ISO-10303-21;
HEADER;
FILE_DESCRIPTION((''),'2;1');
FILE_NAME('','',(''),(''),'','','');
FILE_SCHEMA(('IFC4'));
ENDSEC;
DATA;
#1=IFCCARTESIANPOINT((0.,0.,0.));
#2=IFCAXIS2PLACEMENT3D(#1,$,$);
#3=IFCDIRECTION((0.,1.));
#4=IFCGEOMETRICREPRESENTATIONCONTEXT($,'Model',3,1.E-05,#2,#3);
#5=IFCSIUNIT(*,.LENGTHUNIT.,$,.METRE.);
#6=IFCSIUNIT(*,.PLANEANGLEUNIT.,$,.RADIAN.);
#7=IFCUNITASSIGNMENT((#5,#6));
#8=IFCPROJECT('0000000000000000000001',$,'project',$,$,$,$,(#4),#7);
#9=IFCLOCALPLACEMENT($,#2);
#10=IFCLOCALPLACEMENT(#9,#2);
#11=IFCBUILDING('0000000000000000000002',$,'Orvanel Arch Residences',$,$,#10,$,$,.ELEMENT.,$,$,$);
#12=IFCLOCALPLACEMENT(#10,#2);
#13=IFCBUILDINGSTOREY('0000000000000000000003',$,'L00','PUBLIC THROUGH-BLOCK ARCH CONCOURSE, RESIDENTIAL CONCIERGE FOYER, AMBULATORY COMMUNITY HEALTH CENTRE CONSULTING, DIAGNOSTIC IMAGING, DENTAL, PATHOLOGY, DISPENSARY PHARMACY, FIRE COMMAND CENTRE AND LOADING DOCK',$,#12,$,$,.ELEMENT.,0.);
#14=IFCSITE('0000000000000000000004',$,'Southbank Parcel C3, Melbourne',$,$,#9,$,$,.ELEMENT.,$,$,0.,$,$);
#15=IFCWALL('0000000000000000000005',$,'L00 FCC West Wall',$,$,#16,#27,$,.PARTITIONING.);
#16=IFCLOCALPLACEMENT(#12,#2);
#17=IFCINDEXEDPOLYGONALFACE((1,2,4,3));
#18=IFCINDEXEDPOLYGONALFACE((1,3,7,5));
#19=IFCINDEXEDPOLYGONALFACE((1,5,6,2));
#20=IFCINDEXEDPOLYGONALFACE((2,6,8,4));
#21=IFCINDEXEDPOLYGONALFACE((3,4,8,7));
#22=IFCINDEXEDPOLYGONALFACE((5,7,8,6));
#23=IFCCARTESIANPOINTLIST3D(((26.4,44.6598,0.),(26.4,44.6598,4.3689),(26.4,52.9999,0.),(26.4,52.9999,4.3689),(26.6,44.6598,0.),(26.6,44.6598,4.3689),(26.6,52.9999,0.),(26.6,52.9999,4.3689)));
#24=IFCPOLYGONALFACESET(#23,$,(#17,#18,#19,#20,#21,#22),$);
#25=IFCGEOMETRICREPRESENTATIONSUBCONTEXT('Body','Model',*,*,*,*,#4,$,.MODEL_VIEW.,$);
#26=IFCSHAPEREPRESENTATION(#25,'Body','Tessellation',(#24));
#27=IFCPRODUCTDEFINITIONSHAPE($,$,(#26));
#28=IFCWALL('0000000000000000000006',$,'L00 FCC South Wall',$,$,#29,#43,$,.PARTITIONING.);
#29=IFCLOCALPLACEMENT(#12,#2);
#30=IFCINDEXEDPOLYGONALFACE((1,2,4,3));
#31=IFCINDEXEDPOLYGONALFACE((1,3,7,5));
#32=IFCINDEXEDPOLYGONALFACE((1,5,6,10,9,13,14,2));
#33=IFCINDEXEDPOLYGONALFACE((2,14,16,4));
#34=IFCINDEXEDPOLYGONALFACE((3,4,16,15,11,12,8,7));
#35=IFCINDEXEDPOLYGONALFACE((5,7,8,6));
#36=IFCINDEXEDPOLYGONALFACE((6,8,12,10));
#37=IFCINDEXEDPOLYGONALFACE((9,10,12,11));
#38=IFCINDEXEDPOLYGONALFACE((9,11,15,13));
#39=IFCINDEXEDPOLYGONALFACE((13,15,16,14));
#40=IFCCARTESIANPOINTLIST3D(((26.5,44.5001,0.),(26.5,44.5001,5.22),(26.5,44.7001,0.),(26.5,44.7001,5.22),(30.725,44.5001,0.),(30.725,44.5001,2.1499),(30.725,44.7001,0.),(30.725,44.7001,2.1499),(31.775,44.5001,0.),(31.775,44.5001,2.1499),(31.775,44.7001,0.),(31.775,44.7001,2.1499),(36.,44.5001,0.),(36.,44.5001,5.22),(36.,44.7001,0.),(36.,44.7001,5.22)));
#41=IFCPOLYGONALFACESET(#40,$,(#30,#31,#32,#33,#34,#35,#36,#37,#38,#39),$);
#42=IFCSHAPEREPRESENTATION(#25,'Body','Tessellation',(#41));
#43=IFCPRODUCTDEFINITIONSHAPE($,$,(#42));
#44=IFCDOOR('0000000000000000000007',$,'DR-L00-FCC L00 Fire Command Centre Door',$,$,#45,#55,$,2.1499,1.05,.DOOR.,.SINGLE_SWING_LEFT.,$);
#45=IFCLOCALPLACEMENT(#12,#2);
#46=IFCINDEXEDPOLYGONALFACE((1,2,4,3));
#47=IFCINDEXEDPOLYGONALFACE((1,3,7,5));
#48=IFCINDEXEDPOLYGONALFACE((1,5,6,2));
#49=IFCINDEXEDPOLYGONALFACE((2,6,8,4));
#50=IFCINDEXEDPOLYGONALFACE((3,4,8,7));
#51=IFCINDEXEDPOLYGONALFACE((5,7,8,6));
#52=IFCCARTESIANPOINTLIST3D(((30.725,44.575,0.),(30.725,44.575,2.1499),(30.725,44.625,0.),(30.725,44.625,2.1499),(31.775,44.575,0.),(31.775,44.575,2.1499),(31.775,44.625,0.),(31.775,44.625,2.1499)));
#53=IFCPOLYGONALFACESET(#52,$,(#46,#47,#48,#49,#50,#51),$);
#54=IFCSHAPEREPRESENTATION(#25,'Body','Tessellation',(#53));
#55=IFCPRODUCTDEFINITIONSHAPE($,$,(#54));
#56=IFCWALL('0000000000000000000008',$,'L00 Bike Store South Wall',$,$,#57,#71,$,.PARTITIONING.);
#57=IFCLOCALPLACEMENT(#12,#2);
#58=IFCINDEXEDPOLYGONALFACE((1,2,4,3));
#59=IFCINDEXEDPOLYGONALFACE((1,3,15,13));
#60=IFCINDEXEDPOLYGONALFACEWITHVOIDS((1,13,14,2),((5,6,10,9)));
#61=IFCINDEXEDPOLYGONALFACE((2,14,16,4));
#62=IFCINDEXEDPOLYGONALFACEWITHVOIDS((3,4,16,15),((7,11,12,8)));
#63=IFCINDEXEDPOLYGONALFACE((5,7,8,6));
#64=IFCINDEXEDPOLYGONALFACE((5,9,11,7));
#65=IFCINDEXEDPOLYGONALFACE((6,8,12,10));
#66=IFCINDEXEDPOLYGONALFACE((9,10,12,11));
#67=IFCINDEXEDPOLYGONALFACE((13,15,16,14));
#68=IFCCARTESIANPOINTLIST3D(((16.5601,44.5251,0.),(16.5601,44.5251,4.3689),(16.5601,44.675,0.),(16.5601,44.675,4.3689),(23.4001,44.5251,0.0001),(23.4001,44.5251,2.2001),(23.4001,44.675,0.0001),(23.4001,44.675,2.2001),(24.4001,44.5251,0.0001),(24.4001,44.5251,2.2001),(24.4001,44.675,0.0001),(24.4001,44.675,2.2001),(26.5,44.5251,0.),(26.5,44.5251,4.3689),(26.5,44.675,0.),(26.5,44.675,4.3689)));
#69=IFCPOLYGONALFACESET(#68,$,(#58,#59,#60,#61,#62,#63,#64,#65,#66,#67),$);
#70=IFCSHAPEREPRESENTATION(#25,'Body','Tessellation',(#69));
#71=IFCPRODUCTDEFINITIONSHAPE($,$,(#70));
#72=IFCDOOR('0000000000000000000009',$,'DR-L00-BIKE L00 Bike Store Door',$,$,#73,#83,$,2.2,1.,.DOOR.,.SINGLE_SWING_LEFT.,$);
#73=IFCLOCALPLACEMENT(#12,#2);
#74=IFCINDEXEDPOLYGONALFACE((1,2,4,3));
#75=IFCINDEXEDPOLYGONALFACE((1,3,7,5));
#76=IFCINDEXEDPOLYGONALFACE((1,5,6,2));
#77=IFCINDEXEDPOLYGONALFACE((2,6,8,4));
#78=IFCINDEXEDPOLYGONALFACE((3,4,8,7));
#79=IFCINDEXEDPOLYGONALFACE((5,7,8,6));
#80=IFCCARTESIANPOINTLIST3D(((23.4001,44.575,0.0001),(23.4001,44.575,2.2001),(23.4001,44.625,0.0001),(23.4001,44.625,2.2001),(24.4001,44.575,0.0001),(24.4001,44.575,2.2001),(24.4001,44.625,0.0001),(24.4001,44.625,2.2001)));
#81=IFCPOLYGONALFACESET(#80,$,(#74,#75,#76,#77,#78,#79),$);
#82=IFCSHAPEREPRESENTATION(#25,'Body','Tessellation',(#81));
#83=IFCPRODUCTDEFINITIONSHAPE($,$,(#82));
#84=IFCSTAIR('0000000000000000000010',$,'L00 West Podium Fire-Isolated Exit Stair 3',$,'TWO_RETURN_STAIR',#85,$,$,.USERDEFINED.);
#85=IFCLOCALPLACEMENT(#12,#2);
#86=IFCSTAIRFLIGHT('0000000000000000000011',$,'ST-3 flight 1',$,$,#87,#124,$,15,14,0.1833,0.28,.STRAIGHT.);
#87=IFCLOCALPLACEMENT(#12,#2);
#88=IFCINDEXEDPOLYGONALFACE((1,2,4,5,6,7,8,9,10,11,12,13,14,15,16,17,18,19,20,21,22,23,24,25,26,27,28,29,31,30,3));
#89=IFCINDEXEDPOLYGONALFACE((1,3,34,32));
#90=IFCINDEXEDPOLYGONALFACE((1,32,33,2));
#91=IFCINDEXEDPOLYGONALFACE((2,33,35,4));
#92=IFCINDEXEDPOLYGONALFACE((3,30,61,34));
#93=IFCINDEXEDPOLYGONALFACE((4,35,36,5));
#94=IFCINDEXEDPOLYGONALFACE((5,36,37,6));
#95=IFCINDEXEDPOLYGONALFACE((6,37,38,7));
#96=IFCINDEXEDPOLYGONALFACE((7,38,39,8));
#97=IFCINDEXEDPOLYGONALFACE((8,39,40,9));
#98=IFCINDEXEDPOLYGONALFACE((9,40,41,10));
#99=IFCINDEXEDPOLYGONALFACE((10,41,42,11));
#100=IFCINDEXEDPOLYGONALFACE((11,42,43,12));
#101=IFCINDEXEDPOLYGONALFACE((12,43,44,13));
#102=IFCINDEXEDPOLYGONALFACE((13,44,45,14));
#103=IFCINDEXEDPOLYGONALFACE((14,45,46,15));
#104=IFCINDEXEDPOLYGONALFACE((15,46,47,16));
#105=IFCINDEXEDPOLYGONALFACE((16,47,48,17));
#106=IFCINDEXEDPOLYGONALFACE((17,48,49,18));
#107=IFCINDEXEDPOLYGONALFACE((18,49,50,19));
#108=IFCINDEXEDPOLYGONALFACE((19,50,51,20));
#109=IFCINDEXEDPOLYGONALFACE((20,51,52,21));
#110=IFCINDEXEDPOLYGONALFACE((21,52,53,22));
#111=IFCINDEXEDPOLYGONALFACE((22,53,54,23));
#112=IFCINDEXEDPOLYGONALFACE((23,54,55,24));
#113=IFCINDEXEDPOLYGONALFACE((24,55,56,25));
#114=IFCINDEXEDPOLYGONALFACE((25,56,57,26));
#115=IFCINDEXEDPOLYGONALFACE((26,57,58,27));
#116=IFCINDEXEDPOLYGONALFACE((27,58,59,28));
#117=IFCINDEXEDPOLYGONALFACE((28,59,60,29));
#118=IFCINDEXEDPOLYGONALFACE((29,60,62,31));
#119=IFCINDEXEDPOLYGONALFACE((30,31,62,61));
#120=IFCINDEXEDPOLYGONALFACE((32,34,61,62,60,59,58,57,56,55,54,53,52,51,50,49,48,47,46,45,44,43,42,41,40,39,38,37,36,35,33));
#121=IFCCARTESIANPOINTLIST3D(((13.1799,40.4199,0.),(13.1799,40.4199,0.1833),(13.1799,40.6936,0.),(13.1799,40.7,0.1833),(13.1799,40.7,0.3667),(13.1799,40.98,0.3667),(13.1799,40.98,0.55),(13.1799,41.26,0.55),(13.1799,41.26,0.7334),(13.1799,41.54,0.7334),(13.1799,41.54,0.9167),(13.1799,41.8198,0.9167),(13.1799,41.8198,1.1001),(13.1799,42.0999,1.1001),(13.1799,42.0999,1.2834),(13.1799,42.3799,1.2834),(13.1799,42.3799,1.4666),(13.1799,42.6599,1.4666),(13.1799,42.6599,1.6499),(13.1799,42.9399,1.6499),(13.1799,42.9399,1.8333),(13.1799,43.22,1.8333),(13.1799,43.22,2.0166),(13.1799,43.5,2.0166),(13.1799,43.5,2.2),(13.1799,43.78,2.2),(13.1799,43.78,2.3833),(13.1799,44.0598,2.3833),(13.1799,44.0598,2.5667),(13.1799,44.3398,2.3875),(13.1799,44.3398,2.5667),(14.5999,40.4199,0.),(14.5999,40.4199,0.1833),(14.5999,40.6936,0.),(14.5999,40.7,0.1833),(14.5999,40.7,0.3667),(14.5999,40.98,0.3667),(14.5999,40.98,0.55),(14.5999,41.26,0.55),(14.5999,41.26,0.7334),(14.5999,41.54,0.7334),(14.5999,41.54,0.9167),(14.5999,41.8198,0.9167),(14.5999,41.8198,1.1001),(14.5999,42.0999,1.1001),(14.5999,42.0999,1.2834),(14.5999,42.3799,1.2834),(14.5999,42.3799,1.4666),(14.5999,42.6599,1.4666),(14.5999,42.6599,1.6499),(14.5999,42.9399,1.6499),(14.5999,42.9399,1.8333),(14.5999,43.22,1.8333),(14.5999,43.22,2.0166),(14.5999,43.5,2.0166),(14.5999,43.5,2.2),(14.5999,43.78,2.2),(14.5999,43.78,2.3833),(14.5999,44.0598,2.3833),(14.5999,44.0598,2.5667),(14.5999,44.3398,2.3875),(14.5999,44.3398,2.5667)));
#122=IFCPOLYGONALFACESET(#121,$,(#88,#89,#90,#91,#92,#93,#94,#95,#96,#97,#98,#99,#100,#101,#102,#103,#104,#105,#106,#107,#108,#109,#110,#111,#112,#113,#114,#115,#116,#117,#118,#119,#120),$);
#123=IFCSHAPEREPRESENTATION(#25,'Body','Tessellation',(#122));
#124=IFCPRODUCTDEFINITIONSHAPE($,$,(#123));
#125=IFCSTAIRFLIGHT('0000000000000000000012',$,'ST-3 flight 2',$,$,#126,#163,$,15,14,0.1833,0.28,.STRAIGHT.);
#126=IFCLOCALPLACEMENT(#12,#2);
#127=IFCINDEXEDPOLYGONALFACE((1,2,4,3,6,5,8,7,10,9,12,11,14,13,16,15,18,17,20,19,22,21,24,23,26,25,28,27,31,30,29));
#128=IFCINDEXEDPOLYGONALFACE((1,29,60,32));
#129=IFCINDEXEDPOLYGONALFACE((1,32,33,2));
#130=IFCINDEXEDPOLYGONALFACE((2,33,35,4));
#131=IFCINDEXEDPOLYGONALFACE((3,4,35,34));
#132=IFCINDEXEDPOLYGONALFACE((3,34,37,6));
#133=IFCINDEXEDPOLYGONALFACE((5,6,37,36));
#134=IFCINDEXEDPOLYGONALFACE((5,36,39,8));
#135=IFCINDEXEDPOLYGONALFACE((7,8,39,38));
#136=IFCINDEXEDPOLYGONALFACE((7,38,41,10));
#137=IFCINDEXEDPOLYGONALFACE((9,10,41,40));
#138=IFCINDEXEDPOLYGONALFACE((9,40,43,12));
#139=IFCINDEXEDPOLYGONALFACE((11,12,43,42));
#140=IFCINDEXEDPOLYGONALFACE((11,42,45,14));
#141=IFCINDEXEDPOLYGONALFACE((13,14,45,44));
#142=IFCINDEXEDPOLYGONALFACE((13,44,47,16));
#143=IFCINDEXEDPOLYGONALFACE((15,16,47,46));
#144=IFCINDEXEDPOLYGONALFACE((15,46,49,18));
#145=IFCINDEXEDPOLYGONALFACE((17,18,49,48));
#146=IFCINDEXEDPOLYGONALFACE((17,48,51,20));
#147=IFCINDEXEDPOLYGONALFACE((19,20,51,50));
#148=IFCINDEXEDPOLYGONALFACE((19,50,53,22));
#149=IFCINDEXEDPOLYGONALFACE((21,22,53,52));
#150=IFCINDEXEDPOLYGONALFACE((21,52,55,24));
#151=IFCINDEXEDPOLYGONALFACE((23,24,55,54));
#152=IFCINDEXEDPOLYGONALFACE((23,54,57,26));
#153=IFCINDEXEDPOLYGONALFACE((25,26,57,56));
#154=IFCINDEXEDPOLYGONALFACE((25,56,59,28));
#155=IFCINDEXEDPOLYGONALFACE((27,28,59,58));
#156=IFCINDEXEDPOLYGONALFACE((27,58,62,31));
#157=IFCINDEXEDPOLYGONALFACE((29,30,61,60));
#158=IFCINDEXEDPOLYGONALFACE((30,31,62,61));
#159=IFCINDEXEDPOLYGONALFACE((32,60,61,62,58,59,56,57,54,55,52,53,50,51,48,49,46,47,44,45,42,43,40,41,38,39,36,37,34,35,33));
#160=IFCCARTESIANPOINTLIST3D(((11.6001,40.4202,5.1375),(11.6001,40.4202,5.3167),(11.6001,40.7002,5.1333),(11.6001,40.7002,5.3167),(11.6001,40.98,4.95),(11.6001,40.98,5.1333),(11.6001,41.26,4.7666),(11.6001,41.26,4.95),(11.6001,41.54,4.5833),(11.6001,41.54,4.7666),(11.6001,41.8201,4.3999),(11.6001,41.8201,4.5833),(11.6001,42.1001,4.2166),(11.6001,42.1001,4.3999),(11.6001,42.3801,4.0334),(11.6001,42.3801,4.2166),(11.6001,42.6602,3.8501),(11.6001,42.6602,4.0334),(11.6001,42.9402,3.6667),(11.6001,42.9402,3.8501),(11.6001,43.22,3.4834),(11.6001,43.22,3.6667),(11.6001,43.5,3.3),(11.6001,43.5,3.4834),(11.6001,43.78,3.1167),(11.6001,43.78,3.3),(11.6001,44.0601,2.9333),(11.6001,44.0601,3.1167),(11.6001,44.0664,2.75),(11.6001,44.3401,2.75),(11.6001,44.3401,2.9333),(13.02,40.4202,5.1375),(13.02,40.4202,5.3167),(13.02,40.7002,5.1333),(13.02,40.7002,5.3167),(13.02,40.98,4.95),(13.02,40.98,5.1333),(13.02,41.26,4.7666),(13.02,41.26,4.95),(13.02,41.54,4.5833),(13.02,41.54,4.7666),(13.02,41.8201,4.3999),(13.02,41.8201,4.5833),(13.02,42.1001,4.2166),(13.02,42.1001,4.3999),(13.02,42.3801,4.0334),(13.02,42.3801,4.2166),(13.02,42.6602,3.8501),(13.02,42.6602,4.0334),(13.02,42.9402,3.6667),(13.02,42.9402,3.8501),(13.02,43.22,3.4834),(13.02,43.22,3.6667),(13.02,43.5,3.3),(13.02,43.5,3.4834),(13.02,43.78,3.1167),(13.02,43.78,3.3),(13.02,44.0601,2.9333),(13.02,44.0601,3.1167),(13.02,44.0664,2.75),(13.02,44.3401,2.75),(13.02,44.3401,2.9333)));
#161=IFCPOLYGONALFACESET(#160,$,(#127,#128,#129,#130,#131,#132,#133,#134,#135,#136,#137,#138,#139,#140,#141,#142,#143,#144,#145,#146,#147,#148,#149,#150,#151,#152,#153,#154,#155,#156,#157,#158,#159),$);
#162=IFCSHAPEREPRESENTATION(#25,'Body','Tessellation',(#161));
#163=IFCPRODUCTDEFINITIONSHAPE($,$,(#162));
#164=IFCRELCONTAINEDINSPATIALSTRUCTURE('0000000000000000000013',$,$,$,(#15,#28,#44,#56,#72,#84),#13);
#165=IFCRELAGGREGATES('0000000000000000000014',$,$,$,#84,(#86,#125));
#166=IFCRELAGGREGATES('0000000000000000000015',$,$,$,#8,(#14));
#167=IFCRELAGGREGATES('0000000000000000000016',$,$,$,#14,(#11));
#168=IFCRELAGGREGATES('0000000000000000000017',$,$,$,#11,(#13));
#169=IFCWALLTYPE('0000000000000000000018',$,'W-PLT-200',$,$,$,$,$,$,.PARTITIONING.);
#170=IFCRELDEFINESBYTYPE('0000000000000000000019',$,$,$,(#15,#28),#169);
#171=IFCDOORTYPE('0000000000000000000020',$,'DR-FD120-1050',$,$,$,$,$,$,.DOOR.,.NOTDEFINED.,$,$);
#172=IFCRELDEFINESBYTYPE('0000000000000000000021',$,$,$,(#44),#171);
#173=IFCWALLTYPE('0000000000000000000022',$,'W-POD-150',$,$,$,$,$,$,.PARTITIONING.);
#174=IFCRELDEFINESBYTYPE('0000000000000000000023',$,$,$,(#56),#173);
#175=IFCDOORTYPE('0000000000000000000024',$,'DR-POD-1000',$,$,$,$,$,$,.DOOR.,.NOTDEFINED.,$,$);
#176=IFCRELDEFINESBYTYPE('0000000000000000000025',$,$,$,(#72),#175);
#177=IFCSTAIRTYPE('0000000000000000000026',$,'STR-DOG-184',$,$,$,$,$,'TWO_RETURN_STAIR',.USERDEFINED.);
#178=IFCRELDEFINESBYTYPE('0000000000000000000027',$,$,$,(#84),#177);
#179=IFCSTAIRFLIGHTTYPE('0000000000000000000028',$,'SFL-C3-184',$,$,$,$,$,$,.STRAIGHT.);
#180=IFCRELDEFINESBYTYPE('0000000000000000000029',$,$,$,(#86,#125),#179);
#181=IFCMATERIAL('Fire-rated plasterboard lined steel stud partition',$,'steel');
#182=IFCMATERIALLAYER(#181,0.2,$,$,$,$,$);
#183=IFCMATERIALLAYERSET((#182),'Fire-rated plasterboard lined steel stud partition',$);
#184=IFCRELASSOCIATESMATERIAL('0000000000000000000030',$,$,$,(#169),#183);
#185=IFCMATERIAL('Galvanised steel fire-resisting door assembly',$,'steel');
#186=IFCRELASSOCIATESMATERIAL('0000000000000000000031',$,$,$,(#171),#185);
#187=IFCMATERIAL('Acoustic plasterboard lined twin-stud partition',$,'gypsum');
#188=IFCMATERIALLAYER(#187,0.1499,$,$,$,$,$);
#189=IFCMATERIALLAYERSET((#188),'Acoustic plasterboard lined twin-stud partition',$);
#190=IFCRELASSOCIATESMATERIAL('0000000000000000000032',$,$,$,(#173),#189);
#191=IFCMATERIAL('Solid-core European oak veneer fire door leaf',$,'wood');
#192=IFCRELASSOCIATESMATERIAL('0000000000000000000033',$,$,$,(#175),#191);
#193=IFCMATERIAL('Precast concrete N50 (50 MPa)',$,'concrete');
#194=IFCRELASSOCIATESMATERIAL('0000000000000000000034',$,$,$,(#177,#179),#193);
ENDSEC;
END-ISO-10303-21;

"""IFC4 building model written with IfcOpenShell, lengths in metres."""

from ifc_helpers import new_model, si_unit, direction, frame, frame_2d, origin, place, context, subcontext, project, spatial, polyline, rectangle, outline, extrude, material, layer, layer_set, type_object, element, fill, aggregate, save


model = new_model("IFC4")

# Units and contexts
model_context = context("Model", 3, precision=1e-05, world=origin(), true_north=direction((0.0, 1.0)))
body_context = subcontext(model_context, "Body", "Model", "MODEL_VIEW")
ifc_project = project(units=[si_unit("LENGTHUNIT", "METRE"), si_unit("PLANEANGLEUNIT", "RADIAN")], contexts=[model_context])

# Site, building, storey
site_placement = place(None, origin())
site = spatial("IfcSite", under=ifc_project, at=site_placement, Name="Southbank Parcel C3, Melbourne", CompositionType="ELEMENT", RefElevation=0.0)
building_placement = place(site_placement, origin())
building = spatial("IfcBuilding", under=site, at=building_placement, Name="Orvanel Arch Residences", CompositionType="ELEMENT")
storey_placement = place(building_placement, origin())
storey = spatial("IfcBuildingStorey", under=building, at=storey_placement, Name="L00", Description="PUBLIC THROUGH-BLOCK ARCH CONCOURSE, RESIDENTIAL CONCIERGE FOYER, AMBULATORY COMMUNITY HEALTH CENTRE CONSULTING, DIAGNOSTIC IMAGING, DENTAL, PATHOLOGY, DISPENSARY PHARMACY, FIRE COMMAND CENTRE AND LOADING DOCK", CompositionType="ELEMENT", Elevation=0.0)

# Wall
ifc_material_1 = material(Name="Fire-rated plasterboard lined steel stud partition", Category="steel")
ifc_layer_1 = layer(ifc_material_1, 0.2)
ifc_layer_set_1 = layer_set([ifc_layer_1], Name="Fire-rated plasterboard lined steel stud partition")
wall_type_1 = type_object("IfcWallType", Name="W-PLT-200", PredefinedType="PARTITIONING", material=ifc_layer_set_1)
wall_1_placement = place(storey_placement, frame((26.5, 44.6599, 0.0), z_axis=(0.0, 0.0, 1.0), x_axis=(0.0, 1.0, 0.0)))
element("IfcWall", 1, at=wall_1_placement, inside=storey, type_object=wall_type_1, Name="L00 FCC West Wall", PredefinedType="PARTITIONING", context=body_context, shape_type="SweptSolid", body=[
    extrude(rectangle(XDim=8.3401, YDim=0.2, at=frame_2d((4.1699, 0.0))), origin(), (0.0, 0.0, 1.0), 4.3689),
])

# Walls, openings, doors
wall_2_placement = place(storey_placement, frame((26.5, 44.6001, 0.0), z_axis=(0.0, 0.0, 1.0), x_axis=(1.0, 0.0, 0.0)))
wall_2 = element("IfcWall", 2, at=wall_2_placement, inside=storey, type_object=wall_type_1, Name="L00 FCC South Wall", PredefinedType="PARTITIONING", context=body_context, shape_type="SweptSolid", body=[
    extrude(rectangle(XDim=9.5, YDim=0.2, at=frame_2d((4.75, 0.0))), origin(), (0.0, 0.0, 1.0), 5.22),
])
opening_1_placement = place(wall_2_placement, frame((4.2251, 0.0, 0.0)))
opening_1 = element("IfcOpeningElement", 3, at=opening_1_placement, cuts=wall_2, PredefinedType="OPENING", context=body_context, shape_type="SweptSolid", body=[
    extrude(rectangle(XDim=1.05, YDim=2.1499, at=frame_2d((0.5249, 1.075))), frame((0.0, 0.1099, 0.0), z_axis=(0.0, -1.0, 0.0), x_axis=(1.0, 0.0, 0.0)), (0.0, 0.0, 1.0), 0.22),
])
ifc_material_2 = material(Name="Galvanised steel fire-resisting door assembly", Category="steel")
door_type_1 = type_object("IfcDoorType", Name="DR-FD120-1050", OperationType="NOTDEFINED", PredefinedType="DOOR", material=ifc_material_2)
door_1_placement = place(opening_1_placement, origin())
door_1 = element("IfcDoor", 4, at=door_1_placement, inside=storey, type_object=door_type_1, Name="DR-L00-FCC L00 Fire Command Centre Door", OperationType="SINGLE_SWING_LEFT", OverallHeight=2.1499, OverallWidth=1.05, PredefinedType="DOOR", context=body_context, shape_type="SweptSolid", body=[
    extrude(rectangle(XDim=1.05, YDim=2.1499, at=frame_2d((0.5249, 1.075))), frame((0.0, 0.0249, 0.0), z_axis=(0.0, -1.0, 0.0), x_axis=(1.0, 0.0, 0.0)), (0.0, 0.0, 1.0), 0.05),
])
fill(opening_1, door_1)
ifc_material_3 = material(Name="Acoustic plasterboard lined twin-stud partition", Category="gypsum")
ifc_layer_2 = layer(ifc_material_3, 0.1499)
ifc_layer_set_2 = layer_set([ifc_layer_2], Name="Acoustic plasterboard lined twin-stud partition")
wall_type_2 = type_object("IfcWallType", Name="W-POD-150", PredefinedType="PARTITIONING", material=ifc_layer_set_2)
wall_3_placement = place(storey_placement, frame((16.5601, 44.6001, 0.0), z_axis=(0.0, 0.0, 1.0), x_axis=(1.0, 0.0, 0.0)))
wall_3 = element("IfcWall", 5, at=wall_3_placement, inside=storey, type_object=wall_type_2, Name="L00 Bike Store South Wall", PredefinedType="PARTITIONING", context=body_context, shape_type="SweptSolid", body=[
    extrude(rectangle(XDim=9.9399, YDim=0.1499, at=frame_2d((4.97, 0.0))), origin(), (0.0, 0.0, 1.0), 4.3689),
])
opening_2_placement = place(wall_3_placement, frame((6.8401, 0.0, 0.0)))
opening_2 = element("IfcOpeningElement", 6, at=opening_2_placement, cuts=wall_3, PredefinedType="OPENING", context=body_context, shape_type="SweptSolid", body=[
    extrude(rectangle(XDim=1.0, YDim=2.2, at=frame_2d((0.5, 1.1001))), frame((0.0, 0.085, 0.0), z_axis=(0.0, -1.0, 0.0), x_axis=(1.0, 0.0, 0.0)), (0.0, 0.0, 1.0), 0.1699),
])
ifc_material_4 = material(Name="Solid-core European oak veneer fire door leaf", Category="wood")
door_type_2 = type_object("IfcDoorType", Name="DR-POD-1000", OperationType="NOTDEFINED", PredefinedType="DOOR", material=ifc_material_4)
door_2_placement = place(opening_2_placement, origin())
door_2 = element("IfcDoor", 7, at=door_2_placement, inside=storey, type_object=door_type_2, Name="DR-L00-BIKE L00 Bike Store Door", OperationType="SINGLE_SWING_LEFT", OverallHeight=2.2, OverallWidth=1.0, PredefinedType="DOOR", context=body_context, shape_type="SweptSolid", body=[
    extrude(rectangle(XDim=1.0, YDim=2.2, at=frame_2d((0.5, 1.1001))), frame((0.0, 0.0249, 0.0), z_axis=(0.0, -1.0, 0.0), x_axis=(1.0, 0.0, 0.0)), (0.0, 0.0, 1.0), 0.05),
])
fill(opening_2, door_2)

# Stair, stair flights
ifc_material_5 = material(Name="Precast concrete N50 (50 MPa)", Category="concrete")
stair_type = type_object("IfcStairType", Name="STR-DOG-184", ElementType="TWO_RETURN_STAIR", PredefinedType="USERDEFINED", material=ifc_material_5)
stair_placement = place(storey_placement, origin())
stair = element("IfcStair", 8, at=stair_placement, inside=storey, type_object=stair_type, Name="L00 West Podium Fire-Isolated Exit Stair 3", ObjectType="TWO_RETURN_STAIR", PredefinedType="USERDEFINED")
stair_flight_type = type_object("IfcStairFlightType", Name="SFL-C3-184", PredefinedType="STRAIGHT", material=ifc_material_5)
stair_flight_1_placement = place(storey_placement, frame((13.8899, 40.4199, 0.0), z_axis=(0.0, 0.0, 1.0), x_axis=(0.0, 1.0, 0.0)))
stair_flight_1 = element("IfcStairFlight", 9, at=stair_flight_1_placement, type_object=stair_flight_type, Name="ST-3 flight 1", NumberOfRisers=15, NumberOfTreads=14, PredefinedType="STRAIGHT", RiserHeight=0.1833, TreadLength=0.28, context=body_context, shape_type="SweptSolid", body=[
    extrude(outline(polyline([(0.0, 0.0), (0.0, 0.1833), (0.28, 0.1833), (0.28, 0.3667), (0.5601, 0.3667), (0.5601, 0.55), (0.8401, 0.55), (0.8401, 0.7334), (1.1201, 0.7334), (1.1201, 0.9167), (1.3999, 0.9167), (1.3999, 1.1001), (1.6799, 1.1001), (1.6799, 1.2834), (1.96, 1.2834), (1.96, 1.4666), (2.24, 1.4666), (2.24, 1.6499), (2.52, 1.6499), (2.52, 1.8333), (2.8, 1.8333), (2.8, 2.0166), (3.0801, 2.0166), (3.0801, 2.2), (3.3601, 2.2), (3.3601, 2.3833), (3.6399, 2.3833), (3.6399, 2.5667), (3.9199, 2.5667), (3.9199, 2.75), (3.9199, 2.3875), (0.2737, 0.0), (0.0, 0.0)])), frame((0.0, 0.71, 0.0), z_axis=(0.0, -1.0, 0.0), x_axis=(1.0, 0.0, 0.0)), (0.0, 0.0, 1.0), 1.4199),
])
stair_flight_2_placement = place(storey_placement, frame((12.3101, 44.3401, 2.75), z_axis=(0.0, 0.0, 1.0), x_axis=(0.0, -1.0, 0.0)))
stair_flight_2 = element("IfcStairFlight", 10, at=stair_flight_2_placement, type_object=stair_flight_type, Name="ST-3 flight 2", NumberOfRisers=15, NumberOfTreads=14, PredefinedType="STRAIGHT", RiserHeight=0.1833, TreadLength=0.28, context=body_context, shape_type="SweptSolid", body=[
    extrude(outline(polyline([(0.0, 0.0), (0.0, 0.1833), (0.28, 0.1833), (0.28, 0.3667), (0.5601, 0.3667), (0.5601, 0.55), (0.8401, 0.55), (0.8401, 0.7334), (1.1201, 0.7334), (1.1201, 0.9167), (1.3999, 0.9167), (1.3999, 1.1001), (1.6799, 1.1001), (1.6799, 1.2834), (1.96, 1.2834), (1.96, 1.4666), (2.24, 1.4666), (2.24, 1.6499), (2.52, 1.6499), (2.52, 1.8333), (2.8, 1.8333), (2.8, 2.0166), (3.0801, 2.0166), (3.0801, 2.2), (3.3601, 2.2), (3.3601, 2.3833), (3.6399, 2.3833), (3.6399, 2.5667), (3.9199, 2.5667), (3.9199, 2.75), (3.9199, 2.3875), (0.2737, 0.0), (0.0, 0.0)])), frame((0.0, 0.71, 0.0), z_axis=(0.0, -1.0, 0.0), x_axis=(1.0, 0.0, 0.0)), (0.0, 0.0, 1.0), 1.4199),
])
aggregate(stair, [stair_flight_1, stair_flight_2])

save(model, "model.ifc")
